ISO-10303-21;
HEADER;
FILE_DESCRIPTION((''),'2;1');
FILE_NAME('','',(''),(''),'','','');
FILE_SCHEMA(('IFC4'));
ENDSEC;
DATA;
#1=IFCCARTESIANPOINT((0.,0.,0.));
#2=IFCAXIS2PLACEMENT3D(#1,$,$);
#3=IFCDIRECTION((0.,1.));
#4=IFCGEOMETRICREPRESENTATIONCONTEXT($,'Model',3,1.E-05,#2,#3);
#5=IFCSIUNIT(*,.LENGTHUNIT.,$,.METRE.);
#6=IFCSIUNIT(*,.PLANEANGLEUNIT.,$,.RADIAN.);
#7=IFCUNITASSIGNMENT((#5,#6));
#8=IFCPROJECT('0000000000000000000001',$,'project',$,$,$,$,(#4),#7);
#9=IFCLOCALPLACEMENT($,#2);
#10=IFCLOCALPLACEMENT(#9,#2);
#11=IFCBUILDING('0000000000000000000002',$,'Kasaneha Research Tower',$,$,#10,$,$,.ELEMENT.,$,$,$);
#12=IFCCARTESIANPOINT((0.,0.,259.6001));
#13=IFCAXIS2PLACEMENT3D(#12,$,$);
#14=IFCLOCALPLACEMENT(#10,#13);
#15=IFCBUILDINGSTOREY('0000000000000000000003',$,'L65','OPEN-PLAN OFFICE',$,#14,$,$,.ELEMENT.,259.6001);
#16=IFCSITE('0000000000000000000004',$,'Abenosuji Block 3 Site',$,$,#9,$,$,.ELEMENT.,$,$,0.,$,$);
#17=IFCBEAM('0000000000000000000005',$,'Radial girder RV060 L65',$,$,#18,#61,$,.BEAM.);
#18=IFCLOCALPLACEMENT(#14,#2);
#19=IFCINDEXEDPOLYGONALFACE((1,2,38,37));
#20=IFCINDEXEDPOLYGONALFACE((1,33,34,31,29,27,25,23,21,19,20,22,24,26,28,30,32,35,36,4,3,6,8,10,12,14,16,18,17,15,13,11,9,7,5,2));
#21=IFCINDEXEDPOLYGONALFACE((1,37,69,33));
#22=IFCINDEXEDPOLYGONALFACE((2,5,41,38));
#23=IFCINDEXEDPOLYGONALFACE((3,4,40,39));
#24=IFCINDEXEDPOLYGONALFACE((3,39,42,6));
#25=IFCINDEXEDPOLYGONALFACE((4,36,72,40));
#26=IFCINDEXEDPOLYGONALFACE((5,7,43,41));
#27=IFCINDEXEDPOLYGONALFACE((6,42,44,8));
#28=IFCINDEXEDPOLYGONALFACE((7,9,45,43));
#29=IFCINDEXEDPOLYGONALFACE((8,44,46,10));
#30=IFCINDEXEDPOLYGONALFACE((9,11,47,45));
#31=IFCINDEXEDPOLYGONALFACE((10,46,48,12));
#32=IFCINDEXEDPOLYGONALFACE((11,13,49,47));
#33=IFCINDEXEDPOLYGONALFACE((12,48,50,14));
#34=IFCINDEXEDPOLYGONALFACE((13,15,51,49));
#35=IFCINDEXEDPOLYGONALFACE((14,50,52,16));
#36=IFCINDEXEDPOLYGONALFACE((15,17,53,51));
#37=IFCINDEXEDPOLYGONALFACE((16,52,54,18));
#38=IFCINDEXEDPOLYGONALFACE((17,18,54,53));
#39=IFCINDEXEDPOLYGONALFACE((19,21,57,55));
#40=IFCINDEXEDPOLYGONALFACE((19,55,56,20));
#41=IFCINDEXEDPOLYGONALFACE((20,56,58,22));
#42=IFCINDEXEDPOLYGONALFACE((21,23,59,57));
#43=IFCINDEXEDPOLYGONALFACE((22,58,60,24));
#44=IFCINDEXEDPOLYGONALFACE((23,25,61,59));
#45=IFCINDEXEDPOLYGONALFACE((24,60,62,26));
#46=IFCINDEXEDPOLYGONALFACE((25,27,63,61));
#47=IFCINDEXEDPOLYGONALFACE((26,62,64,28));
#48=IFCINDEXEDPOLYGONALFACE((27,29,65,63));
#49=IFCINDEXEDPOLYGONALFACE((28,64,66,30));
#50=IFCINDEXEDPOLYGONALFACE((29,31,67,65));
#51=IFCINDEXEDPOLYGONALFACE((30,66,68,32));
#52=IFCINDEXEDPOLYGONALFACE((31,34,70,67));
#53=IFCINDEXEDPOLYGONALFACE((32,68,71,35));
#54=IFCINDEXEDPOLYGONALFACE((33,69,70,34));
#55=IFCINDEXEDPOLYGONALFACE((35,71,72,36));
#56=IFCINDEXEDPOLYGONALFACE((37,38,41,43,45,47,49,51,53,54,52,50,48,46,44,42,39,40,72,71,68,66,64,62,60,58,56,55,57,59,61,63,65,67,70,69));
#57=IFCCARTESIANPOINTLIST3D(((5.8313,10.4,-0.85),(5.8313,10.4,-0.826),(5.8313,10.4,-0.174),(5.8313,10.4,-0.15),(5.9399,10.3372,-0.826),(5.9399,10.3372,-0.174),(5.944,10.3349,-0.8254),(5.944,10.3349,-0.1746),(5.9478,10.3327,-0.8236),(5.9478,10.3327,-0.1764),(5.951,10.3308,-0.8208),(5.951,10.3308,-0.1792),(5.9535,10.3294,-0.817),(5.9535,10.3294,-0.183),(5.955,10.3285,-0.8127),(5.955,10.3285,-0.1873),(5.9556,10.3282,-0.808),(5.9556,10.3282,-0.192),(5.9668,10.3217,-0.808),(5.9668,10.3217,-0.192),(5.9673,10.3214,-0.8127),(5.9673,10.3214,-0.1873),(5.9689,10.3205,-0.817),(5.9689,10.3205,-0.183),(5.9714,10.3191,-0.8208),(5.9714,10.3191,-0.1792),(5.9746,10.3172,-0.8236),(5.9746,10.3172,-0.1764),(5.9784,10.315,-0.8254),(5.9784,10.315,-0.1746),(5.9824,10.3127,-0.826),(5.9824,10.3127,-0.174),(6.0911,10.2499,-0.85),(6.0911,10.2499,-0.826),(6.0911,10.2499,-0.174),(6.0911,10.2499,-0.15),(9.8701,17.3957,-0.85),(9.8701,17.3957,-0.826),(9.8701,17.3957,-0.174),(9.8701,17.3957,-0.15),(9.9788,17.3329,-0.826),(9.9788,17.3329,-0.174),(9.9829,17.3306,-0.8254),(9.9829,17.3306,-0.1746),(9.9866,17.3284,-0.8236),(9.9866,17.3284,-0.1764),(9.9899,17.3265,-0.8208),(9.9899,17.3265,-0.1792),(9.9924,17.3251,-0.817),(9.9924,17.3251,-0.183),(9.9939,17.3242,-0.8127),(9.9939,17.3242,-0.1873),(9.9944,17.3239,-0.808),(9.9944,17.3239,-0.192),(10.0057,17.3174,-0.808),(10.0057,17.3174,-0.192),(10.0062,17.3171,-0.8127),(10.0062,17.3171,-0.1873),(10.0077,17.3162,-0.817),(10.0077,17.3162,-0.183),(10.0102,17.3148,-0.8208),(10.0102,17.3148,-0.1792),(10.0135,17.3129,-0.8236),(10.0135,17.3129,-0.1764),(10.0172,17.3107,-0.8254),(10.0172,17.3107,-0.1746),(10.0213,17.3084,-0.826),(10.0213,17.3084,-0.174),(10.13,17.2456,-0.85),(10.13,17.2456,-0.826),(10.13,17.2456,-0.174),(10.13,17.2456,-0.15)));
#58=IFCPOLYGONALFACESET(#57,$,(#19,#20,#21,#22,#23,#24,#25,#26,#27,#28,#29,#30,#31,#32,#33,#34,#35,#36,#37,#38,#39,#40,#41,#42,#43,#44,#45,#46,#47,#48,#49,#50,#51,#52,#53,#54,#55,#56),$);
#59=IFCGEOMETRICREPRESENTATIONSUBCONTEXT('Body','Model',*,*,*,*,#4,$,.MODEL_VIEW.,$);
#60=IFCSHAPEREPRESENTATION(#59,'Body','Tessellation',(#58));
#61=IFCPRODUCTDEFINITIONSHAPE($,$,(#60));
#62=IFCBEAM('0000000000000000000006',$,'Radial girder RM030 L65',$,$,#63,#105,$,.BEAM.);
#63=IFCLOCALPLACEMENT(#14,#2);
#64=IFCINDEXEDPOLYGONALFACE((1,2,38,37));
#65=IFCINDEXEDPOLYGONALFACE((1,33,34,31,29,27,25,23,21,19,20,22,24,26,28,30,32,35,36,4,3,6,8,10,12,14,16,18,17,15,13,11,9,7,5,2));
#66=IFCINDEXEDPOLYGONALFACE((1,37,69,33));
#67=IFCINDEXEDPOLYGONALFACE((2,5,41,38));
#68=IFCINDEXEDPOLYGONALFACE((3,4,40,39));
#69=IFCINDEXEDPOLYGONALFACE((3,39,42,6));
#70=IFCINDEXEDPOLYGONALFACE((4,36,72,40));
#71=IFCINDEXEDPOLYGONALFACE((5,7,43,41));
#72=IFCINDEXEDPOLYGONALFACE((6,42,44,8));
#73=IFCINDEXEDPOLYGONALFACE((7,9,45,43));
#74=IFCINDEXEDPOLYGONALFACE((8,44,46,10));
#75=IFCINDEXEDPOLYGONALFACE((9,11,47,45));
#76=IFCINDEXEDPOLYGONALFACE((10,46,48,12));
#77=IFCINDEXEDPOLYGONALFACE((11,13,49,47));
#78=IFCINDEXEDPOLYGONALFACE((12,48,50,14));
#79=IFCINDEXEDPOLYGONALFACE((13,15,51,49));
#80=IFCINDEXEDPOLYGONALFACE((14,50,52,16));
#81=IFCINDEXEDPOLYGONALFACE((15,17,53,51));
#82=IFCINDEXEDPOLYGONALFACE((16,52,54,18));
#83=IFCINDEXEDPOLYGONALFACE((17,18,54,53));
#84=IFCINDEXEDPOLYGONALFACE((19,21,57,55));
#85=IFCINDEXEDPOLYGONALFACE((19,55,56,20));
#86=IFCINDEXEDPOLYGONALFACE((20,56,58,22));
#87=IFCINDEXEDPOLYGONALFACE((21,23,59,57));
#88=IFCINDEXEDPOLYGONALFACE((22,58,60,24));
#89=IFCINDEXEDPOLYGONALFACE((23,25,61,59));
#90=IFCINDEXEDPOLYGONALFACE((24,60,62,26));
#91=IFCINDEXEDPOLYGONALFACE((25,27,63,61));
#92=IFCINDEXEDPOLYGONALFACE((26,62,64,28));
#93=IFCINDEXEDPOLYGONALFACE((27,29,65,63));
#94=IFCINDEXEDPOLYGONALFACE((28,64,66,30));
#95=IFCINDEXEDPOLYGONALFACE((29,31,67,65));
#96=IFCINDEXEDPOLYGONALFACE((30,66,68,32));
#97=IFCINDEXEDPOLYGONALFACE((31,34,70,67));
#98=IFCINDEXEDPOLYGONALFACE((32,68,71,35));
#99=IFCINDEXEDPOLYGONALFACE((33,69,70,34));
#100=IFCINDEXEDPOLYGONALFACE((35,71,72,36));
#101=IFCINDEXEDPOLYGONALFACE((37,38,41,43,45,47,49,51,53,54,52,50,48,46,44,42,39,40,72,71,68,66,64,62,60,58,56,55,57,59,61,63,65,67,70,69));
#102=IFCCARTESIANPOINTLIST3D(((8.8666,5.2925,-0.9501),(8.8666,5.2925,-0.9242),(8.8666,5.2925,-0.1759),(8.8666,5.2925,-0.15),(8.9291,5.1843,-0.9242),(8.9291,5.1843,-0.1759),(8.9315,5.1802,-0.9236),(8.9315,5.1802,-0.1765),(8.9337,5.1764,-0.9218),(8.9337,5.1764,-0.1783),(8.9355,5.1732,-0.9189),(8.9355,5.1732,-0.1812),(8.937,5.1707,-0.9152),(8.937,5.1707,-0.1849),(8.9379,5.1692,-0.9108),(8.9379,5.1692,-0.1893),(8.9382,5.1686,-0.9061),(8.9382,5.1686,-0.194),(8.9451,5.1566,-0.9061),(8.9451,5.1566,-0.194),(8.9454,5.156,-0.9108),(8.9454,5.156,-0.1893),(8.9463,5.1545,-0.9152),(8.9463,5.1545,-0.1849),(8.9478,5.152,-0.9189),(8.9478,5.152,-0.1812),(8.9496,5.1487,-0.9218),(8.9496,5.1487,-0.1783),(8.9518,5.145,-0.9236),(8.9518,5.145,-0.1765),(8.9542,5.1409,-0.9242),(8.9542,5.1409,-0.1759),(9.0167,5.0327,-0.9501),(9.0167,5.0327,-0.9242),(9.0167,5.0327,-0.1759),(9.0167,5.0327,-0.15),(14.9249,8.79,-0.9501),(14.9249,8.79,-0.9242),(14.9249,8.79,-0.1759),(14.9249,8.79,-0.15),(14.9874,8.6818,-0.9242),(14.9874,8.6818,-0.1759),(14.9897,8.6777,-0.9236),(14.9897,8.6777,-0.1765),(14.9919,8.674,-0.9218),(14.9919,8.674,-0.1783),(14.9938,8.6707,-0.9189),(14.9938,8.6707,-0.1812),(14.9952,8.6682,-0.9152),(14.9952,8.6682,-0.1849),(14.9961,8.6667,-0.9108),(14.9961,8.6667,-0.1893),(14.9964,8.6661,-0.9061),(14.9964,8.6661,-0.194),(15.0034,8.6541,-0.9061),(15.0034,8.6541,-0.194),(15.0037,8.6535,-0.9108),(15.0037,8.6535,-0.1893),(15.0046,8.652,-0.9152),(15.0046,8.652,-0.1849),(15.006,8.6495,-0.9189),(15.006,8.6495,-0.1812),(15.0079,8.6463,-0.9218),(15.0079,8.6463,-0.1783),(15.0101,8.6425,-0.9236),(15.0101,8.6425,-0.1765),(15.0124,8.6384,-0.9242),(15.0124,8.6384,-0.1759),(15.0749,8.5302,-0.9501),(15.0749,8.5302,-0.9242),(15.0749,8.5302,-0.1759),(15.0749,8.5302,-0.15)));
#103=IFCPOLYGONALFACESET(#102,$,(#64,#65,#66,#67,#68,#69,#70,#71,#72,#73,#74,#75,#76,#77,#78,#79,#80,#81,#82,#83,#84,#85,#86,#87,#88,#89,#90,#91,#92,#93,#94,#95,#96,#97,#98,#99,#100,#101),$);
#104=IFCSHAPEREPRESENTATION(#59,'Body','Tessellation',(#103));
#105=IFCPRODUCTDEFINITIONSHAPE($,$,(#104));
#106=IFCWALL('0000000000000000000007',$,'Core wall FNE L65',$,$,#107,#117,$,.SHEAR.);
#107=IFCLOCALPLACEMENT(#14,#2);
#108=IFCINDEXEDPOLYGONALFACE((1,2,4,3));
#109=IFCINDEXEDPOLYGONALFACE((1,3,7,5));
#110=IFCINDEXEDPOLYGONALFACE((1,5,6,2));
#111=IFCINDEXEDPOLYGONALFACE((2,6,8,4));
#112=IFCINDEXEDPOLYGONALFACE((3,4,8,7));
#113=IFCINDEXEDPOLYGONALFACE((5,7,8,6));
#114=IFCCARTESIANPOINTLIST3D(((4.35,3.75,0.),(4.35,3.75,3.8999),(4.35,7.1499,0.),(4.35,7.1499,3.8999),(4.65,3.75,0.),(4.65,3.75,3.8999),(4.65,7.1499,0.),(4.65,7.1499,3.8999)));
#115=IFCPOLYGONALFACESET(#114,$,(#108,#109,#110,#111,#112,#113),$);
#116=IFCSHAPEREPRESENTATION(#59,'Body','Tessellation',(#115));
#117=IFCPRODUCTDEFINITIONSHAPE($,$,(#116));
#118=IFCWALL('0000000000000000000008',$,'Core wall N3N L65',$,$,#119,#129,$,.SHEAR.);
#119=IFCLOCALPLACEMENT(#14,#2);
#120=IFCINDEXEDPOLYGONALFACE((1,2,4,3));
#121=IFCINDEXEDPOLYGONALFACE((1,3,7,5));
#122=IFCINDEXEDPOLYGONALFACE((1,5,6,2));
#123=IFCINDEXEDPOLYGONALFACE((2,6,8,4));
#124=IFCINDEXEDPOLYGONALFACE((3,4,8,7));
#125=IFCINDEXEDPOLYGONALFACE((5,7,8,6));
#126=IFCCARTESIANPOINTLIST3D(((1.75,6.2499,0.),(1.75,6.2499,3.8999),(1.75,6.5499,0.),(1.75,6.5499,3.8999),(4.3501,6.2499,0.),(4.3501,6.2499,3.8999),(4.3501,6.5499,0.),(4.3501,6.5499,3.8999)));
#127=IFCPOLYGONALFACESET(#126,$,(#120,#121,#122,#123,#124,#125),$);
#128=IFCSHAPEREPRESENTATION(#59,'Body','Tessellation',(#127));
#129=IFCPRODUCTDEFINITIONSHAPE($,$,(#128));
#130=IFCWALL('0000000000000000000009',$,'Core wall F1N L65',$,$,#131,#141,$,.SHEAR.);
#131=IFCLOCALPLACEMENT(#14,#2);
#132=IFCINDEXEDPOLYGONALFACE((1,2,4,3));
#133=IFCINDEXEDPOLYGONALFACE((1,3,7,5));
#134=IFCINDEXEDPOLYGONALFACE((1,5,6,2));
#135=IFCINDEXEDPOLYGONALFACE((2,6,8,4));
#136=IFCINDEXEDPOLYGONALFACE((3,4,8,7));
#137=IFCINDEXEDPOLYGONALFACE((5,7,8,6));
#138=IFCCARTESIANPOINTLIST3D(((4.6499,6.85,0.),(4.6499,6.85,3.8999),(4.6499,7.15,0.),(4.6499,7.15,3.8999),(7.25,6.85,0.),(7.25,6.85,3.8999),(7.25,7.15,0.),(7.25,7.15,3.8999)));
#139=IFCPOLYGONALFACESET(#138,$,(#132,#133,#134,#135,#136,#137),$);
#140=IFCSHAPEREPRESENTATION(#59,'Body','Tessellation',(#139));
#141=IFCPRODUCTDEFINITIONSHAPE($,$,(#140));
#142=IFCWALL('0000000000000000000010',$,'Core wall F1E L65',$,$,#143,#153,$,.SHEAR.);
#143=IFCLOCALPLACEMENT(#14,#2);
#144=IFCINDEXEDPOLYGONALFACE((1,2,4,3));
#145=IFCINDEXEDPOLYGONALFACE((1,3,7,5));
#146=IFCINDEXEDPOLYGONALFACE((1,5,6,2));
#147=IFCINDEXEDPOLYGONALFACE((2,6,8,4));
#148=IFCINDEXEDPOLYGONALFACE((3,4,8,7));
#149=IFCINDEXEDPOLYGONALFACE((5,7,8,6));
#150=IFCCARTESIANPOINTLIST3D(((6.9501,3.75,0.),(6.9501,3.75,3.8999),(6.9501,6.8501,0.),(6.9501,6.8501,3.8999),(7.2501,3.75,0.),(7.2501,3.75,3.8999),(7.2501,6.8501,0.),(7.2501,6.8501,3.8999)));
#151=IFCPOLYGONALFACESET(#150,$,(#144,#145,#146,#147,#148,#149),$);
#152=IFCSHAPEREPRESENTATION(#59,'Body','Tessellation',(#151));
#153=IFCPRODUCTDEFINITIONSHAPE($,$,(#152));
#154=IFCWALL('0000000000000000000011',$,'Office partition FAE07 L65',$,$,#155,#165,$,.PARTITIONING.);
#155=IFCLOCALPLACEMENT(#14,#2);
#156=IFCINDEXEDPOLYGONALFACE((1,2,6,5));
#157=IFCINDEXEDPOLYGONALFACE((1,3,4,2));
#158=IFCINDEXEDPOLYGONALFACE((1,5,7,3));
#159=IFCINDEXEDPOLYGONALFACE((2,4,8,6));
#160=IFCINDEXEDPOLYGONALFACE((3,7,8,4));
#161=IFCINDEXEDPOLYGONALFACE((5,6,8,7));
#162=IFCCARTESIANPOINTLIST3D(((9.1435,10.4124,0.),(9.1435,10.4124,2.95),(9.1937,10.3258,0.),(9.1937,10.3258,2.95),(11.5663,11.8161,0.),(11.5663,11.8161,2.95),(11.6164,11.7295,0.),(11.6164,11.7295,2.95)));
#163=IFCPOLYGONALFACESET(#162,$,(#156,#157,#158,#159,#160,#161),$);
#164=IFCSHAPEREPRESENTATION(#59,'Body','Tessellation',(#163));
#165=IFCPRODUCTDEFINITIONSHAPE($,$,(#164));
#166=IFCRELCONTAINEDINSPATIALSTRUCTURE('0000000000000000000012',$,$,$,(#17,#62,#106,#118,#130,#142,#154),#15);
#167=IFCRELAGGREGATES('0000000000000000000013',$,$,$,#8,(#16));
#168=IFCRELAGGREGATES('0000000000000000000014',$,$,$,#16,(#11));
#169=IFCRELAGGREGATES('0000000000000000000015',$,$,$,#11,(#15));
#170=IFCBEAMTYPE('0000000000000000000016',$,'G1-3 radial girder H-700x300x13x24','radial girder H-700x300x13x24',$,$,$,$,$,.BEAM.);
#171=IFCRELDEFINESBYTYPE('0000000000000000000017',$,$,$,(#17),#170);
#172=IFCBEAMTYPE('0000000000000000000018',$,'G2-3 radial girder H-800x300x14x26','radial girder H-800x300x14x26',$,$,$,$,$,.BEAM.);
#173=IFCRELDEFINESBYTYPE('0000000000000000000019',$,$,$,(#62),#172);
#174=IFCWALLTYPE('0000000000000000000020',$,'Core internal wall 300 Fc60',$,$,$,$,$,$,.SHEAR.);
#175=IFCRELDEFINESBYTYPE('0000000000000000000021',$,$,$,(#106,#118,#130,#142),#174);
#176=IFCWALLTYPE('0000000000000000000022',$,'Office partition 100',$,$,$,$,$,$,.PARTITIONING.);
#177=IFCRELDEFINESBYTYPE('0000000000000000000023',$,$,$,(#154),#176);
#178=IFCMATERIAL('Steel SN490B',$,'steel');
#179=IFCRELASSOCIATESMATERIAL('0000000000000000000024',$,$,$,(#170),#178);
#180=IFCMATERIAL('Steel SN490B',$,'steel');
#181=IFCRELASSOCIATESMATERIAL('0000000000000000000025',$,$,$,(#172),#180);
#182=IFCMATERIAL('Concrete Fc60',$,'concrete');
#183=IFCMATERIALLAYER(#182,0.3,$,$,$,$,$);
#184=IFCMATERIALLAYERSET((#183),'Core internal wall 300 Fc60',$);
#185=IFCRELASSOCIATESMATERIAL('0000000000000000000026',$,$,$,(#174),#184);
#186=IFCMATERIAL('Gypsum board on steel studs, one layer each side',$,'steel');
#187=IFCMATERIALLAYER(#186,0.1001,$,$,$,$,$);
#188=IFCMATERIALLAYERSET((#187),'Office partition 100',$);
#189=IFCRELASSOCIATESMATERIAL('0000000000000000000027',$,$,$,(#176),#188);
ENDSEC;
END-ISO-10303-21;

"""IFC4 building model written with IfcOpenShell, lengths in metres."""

from ifc_helpers import new_model, si_unit, direction, frame, frame_2d, origin, origin_2d, place, context, subcontext, project, spatial, rectangle, i_section, extrude, material, layer, layer_set, material_profile, profile_set, type_object, element, save


model = new_model("IFC4")

# Units and contexts
model_context = context("Model", 3, precision=1e-05, world=origin(), true_north=direction((0.0, 1.0)))
body_context = subcontext(model_context, "Body", "Model", "MODEL_VIEW")
ifc_project = project(units=[si_unit("LENGTHUNIT", "METRE"), si_unit("PLANEANGLEUNIT", "RADIAN")], contexts=[model_context])

# Site, building, storey
site_placement = place(None, origin())
site = spatial("IfcSite", under=ifc_project, at=site_placement, Name="Abenosuji Block 3 Site", CompositionType="ELEMENT", RefElevation=0.0)
building_placement = place(site_placement, origin())
building = spatial("IfcBuilding", under=site, at=building_placement, Name="Kasaneha Research Tower", CompositionType="ELEMENT")
storey_placement = place(building_placement, frame((0.0, 0.0, 259.6001)))
storey = spatial("IfcBuildingStorey", under=building, at=storey_placement, Name="L65", Description="OPEN-PLAN OFFICE", CompositionType="ELEMENT", Elevation=259.6001)

# Beams
ifc_material_1 = material(Name="Steel SN490B", Category="steel")
ifc_material_profile_1 = material_profile(ifc_material_1, i_section(OverallWidth=0.3, OverallDepth=0.7, WebThickness=0.0129, FlangeThickness=0.0239, FilletRadius=0.0181, at=origin_2d()), Name="H-700x300x13x24")
ifc_profile_set_1 = profile_set([ifc_material_profile_1], Name="Steel SN490B")
beam_type_1 = type_object("IfcBeamType", Name="G1-3 radial girder H-700x300x13x24", Description="radial girder H-700x300x13x24", PredefinedType="BEAM", material=ifc_profile_set_1)
beam_1_placement = place(storey_placement, frame((5.9612, 10.325, -0.5), z_axis=(0.499991, 0.866031, 0.0), x_axis=(-0.866031, 0.499991, 0.0)))
element("IfcBeam", 1, at=beam_1_placement, inside=storey, type_object=beam_type_1, Name="Radial girder RV060 L65", PredefinedType="BEAM", context=body_context, shape_type="SweptSolid", body=[
    extrude(i_section(OverallWidth=0.3, OverallDepth=0.7, WebThickness=0.0129, FlangeThickness=0.0239, FilletRadius=0.0181, at=origin_2d()), origin(), (0.0, 0.0, 1.0), 8.0779),
])
ifc_material_2 = material(Name="Steel SN490B", Category="steel")
ifc_material_profile_2 = material_profile(ifc_material_2, i_section(OverallWidth=0.3, OverallDepth=0.8, WebThickness=0.0139, FlangeThickness=0.0259, FilletRadius=0.0181, at=origin_2d()), Name="H-800x300x14x26")
ifc_profile_set_2 = profile_set([ifc_material_profile_2], Name="Steel SN490B")
beam_type_2 = type_object("IfcBeamType", Name="G2-3 radial girder H-800x300x14x26", Description="radial girder H-800x300x14x26", PredefinedType="BEAM", material=ifc_profile_set_2)
beam_2_placement = place(storey_placement, frame((8.9417, 5.1626, -0.55), z_axis=(0.86604, 0.499975, 0.0), x_axis=(-0.499975, 0.86604, 0.0)))
element("IfcBeam", 2, at=beam_2_placement, inside=storey, type_object=beam_type_2, Name="Radial girder RM030 L65", PredefinedType="BEAM", context=body_context, shape_type="SweptSolid", body=[
    extrude(i_section(OverallWidth=0.3, OverallDepth=0.8, WebThickness=0.0139, FlangeThickness=0.0259, FilletRadius=0.0181, at=origin_2d()), origin(), (0.0, 0.0, 1.0), 6.9954),
])

# Walls
ifc_material_3 = material(Name="Concrete Fc60", Category="concrete")
ifc_layer_1 = layer(ifc_material_3, 0.3)
ifc_layer_set_1 = layer_set([ifc_layer_1], Name="Core internal wall 300 Fc60")
wall_type_1 = type_object("IfcWallType", Name="Core internal wall 300 Fc60", PredefinedType="SHEAR", material=ifc_layer_set_1)
wall_1_placement = place(storey_placement, frame((4.5, 3.75, 0.0), z_axis=(0.0, 0.0, 1.0), x_axis=(0.0, 1.0, 0.0)))
element("IfcWall", 3, at=wall_1_placement, inside=storey, type_object=wall_type_1, Name="Core wall FNE L65", PredefinedType="SHEAR", context=body_context, shape_type="SweptSolid", body=[
    extrude(rectangle(XDim=3.3999, YDim=0.3, at=frame_2d((1.7, 0.0))), origin(), (0.0, 0.0, 1.0), 3.8999),
])
for number, where, z_axis, x_axis, name in (
    (4, (1.75, 6.3999, 0.0), (0.0, 0.0, 1.0), (1.0, 0.0, 0.0), "Core wall N3N L65"),
    (5, (4.6499, 7.0, 0.0), (0.0, 0.0, 1.0), (1.0, 0.0, 0.0), "Core wall F1N L65"),
):
    element("IfcWall", number, at=place(storey_placement, frame(where, z_axis=z_axis, x_axis=x_axis)), inside=storey, type_object=wall_type_1, Name=name, PredefinedType="SHEAR", context=body_context, shape_type="SweptSolid", body=[
        extrude(rectangle(XDim=2.6001, YDim=0.3, at=frame_2d((1.3, 0.0))), origin(), (0.0, 0.0, 1.0), 3.8999),
    ])
wall_2_placement = place(storey_placement, frame((7.1001, 3.75, 0.0), z_axis=(0.0, 0.0, 1.0), x_axis=(0.0, 1.0, 0.0)))
element("IfcWall", 6, at=wall_2_placement, inside=storey, type_object=wall_type_1, Name="Core wall F1E L65", PredefinedType="SHEAR", context=body_context, shape_type="SweptSolid", body=[
    extrude(rectangle(XDim=3.1001, YDim=0.3, at=frame_2d((1.55, 0.0))), origin(), (0.0, 0.0, 1.0), 3.8999),
])

# Wall
ifc_material_4 = material(Name="Gypsum board on steel studs, one layer each side", Category="steel")
ifc_layer_2 = layer(ifc_material_4, 0.1001)
ifc_layer_set_2 = layer_set([ifc_layer_2], Name="Office partition 100")
wall_type_2 = type_object("IfcWallType", Name="Office partition 100", PredefinedType="PARTITIONING", material=ifc_layer_set_2)
wall_3_placement = place(storey_placement, frame((9.1687, 10.3691, 0.0), z_axis=(0.0, 0.0, 1.0), x_axis=(0.865255, 0.501332, 0.0)))
element("IfcWall", 7, at=wall_3_placement, inside=storey, type_object=wall_type_2, Name="Office partition FAE07 L65", PredefinedType="PARTITIONING", context=body_context, shape_type="SweptSolid", body=[
    extrude(rectangle(XDim=2.8, YDim=0.1001, at=frame_2d((1.3999, 0.0))), origin(), (0.0, 0.0, 1.0), 2.95),
])

save(model, "model.ifc")
